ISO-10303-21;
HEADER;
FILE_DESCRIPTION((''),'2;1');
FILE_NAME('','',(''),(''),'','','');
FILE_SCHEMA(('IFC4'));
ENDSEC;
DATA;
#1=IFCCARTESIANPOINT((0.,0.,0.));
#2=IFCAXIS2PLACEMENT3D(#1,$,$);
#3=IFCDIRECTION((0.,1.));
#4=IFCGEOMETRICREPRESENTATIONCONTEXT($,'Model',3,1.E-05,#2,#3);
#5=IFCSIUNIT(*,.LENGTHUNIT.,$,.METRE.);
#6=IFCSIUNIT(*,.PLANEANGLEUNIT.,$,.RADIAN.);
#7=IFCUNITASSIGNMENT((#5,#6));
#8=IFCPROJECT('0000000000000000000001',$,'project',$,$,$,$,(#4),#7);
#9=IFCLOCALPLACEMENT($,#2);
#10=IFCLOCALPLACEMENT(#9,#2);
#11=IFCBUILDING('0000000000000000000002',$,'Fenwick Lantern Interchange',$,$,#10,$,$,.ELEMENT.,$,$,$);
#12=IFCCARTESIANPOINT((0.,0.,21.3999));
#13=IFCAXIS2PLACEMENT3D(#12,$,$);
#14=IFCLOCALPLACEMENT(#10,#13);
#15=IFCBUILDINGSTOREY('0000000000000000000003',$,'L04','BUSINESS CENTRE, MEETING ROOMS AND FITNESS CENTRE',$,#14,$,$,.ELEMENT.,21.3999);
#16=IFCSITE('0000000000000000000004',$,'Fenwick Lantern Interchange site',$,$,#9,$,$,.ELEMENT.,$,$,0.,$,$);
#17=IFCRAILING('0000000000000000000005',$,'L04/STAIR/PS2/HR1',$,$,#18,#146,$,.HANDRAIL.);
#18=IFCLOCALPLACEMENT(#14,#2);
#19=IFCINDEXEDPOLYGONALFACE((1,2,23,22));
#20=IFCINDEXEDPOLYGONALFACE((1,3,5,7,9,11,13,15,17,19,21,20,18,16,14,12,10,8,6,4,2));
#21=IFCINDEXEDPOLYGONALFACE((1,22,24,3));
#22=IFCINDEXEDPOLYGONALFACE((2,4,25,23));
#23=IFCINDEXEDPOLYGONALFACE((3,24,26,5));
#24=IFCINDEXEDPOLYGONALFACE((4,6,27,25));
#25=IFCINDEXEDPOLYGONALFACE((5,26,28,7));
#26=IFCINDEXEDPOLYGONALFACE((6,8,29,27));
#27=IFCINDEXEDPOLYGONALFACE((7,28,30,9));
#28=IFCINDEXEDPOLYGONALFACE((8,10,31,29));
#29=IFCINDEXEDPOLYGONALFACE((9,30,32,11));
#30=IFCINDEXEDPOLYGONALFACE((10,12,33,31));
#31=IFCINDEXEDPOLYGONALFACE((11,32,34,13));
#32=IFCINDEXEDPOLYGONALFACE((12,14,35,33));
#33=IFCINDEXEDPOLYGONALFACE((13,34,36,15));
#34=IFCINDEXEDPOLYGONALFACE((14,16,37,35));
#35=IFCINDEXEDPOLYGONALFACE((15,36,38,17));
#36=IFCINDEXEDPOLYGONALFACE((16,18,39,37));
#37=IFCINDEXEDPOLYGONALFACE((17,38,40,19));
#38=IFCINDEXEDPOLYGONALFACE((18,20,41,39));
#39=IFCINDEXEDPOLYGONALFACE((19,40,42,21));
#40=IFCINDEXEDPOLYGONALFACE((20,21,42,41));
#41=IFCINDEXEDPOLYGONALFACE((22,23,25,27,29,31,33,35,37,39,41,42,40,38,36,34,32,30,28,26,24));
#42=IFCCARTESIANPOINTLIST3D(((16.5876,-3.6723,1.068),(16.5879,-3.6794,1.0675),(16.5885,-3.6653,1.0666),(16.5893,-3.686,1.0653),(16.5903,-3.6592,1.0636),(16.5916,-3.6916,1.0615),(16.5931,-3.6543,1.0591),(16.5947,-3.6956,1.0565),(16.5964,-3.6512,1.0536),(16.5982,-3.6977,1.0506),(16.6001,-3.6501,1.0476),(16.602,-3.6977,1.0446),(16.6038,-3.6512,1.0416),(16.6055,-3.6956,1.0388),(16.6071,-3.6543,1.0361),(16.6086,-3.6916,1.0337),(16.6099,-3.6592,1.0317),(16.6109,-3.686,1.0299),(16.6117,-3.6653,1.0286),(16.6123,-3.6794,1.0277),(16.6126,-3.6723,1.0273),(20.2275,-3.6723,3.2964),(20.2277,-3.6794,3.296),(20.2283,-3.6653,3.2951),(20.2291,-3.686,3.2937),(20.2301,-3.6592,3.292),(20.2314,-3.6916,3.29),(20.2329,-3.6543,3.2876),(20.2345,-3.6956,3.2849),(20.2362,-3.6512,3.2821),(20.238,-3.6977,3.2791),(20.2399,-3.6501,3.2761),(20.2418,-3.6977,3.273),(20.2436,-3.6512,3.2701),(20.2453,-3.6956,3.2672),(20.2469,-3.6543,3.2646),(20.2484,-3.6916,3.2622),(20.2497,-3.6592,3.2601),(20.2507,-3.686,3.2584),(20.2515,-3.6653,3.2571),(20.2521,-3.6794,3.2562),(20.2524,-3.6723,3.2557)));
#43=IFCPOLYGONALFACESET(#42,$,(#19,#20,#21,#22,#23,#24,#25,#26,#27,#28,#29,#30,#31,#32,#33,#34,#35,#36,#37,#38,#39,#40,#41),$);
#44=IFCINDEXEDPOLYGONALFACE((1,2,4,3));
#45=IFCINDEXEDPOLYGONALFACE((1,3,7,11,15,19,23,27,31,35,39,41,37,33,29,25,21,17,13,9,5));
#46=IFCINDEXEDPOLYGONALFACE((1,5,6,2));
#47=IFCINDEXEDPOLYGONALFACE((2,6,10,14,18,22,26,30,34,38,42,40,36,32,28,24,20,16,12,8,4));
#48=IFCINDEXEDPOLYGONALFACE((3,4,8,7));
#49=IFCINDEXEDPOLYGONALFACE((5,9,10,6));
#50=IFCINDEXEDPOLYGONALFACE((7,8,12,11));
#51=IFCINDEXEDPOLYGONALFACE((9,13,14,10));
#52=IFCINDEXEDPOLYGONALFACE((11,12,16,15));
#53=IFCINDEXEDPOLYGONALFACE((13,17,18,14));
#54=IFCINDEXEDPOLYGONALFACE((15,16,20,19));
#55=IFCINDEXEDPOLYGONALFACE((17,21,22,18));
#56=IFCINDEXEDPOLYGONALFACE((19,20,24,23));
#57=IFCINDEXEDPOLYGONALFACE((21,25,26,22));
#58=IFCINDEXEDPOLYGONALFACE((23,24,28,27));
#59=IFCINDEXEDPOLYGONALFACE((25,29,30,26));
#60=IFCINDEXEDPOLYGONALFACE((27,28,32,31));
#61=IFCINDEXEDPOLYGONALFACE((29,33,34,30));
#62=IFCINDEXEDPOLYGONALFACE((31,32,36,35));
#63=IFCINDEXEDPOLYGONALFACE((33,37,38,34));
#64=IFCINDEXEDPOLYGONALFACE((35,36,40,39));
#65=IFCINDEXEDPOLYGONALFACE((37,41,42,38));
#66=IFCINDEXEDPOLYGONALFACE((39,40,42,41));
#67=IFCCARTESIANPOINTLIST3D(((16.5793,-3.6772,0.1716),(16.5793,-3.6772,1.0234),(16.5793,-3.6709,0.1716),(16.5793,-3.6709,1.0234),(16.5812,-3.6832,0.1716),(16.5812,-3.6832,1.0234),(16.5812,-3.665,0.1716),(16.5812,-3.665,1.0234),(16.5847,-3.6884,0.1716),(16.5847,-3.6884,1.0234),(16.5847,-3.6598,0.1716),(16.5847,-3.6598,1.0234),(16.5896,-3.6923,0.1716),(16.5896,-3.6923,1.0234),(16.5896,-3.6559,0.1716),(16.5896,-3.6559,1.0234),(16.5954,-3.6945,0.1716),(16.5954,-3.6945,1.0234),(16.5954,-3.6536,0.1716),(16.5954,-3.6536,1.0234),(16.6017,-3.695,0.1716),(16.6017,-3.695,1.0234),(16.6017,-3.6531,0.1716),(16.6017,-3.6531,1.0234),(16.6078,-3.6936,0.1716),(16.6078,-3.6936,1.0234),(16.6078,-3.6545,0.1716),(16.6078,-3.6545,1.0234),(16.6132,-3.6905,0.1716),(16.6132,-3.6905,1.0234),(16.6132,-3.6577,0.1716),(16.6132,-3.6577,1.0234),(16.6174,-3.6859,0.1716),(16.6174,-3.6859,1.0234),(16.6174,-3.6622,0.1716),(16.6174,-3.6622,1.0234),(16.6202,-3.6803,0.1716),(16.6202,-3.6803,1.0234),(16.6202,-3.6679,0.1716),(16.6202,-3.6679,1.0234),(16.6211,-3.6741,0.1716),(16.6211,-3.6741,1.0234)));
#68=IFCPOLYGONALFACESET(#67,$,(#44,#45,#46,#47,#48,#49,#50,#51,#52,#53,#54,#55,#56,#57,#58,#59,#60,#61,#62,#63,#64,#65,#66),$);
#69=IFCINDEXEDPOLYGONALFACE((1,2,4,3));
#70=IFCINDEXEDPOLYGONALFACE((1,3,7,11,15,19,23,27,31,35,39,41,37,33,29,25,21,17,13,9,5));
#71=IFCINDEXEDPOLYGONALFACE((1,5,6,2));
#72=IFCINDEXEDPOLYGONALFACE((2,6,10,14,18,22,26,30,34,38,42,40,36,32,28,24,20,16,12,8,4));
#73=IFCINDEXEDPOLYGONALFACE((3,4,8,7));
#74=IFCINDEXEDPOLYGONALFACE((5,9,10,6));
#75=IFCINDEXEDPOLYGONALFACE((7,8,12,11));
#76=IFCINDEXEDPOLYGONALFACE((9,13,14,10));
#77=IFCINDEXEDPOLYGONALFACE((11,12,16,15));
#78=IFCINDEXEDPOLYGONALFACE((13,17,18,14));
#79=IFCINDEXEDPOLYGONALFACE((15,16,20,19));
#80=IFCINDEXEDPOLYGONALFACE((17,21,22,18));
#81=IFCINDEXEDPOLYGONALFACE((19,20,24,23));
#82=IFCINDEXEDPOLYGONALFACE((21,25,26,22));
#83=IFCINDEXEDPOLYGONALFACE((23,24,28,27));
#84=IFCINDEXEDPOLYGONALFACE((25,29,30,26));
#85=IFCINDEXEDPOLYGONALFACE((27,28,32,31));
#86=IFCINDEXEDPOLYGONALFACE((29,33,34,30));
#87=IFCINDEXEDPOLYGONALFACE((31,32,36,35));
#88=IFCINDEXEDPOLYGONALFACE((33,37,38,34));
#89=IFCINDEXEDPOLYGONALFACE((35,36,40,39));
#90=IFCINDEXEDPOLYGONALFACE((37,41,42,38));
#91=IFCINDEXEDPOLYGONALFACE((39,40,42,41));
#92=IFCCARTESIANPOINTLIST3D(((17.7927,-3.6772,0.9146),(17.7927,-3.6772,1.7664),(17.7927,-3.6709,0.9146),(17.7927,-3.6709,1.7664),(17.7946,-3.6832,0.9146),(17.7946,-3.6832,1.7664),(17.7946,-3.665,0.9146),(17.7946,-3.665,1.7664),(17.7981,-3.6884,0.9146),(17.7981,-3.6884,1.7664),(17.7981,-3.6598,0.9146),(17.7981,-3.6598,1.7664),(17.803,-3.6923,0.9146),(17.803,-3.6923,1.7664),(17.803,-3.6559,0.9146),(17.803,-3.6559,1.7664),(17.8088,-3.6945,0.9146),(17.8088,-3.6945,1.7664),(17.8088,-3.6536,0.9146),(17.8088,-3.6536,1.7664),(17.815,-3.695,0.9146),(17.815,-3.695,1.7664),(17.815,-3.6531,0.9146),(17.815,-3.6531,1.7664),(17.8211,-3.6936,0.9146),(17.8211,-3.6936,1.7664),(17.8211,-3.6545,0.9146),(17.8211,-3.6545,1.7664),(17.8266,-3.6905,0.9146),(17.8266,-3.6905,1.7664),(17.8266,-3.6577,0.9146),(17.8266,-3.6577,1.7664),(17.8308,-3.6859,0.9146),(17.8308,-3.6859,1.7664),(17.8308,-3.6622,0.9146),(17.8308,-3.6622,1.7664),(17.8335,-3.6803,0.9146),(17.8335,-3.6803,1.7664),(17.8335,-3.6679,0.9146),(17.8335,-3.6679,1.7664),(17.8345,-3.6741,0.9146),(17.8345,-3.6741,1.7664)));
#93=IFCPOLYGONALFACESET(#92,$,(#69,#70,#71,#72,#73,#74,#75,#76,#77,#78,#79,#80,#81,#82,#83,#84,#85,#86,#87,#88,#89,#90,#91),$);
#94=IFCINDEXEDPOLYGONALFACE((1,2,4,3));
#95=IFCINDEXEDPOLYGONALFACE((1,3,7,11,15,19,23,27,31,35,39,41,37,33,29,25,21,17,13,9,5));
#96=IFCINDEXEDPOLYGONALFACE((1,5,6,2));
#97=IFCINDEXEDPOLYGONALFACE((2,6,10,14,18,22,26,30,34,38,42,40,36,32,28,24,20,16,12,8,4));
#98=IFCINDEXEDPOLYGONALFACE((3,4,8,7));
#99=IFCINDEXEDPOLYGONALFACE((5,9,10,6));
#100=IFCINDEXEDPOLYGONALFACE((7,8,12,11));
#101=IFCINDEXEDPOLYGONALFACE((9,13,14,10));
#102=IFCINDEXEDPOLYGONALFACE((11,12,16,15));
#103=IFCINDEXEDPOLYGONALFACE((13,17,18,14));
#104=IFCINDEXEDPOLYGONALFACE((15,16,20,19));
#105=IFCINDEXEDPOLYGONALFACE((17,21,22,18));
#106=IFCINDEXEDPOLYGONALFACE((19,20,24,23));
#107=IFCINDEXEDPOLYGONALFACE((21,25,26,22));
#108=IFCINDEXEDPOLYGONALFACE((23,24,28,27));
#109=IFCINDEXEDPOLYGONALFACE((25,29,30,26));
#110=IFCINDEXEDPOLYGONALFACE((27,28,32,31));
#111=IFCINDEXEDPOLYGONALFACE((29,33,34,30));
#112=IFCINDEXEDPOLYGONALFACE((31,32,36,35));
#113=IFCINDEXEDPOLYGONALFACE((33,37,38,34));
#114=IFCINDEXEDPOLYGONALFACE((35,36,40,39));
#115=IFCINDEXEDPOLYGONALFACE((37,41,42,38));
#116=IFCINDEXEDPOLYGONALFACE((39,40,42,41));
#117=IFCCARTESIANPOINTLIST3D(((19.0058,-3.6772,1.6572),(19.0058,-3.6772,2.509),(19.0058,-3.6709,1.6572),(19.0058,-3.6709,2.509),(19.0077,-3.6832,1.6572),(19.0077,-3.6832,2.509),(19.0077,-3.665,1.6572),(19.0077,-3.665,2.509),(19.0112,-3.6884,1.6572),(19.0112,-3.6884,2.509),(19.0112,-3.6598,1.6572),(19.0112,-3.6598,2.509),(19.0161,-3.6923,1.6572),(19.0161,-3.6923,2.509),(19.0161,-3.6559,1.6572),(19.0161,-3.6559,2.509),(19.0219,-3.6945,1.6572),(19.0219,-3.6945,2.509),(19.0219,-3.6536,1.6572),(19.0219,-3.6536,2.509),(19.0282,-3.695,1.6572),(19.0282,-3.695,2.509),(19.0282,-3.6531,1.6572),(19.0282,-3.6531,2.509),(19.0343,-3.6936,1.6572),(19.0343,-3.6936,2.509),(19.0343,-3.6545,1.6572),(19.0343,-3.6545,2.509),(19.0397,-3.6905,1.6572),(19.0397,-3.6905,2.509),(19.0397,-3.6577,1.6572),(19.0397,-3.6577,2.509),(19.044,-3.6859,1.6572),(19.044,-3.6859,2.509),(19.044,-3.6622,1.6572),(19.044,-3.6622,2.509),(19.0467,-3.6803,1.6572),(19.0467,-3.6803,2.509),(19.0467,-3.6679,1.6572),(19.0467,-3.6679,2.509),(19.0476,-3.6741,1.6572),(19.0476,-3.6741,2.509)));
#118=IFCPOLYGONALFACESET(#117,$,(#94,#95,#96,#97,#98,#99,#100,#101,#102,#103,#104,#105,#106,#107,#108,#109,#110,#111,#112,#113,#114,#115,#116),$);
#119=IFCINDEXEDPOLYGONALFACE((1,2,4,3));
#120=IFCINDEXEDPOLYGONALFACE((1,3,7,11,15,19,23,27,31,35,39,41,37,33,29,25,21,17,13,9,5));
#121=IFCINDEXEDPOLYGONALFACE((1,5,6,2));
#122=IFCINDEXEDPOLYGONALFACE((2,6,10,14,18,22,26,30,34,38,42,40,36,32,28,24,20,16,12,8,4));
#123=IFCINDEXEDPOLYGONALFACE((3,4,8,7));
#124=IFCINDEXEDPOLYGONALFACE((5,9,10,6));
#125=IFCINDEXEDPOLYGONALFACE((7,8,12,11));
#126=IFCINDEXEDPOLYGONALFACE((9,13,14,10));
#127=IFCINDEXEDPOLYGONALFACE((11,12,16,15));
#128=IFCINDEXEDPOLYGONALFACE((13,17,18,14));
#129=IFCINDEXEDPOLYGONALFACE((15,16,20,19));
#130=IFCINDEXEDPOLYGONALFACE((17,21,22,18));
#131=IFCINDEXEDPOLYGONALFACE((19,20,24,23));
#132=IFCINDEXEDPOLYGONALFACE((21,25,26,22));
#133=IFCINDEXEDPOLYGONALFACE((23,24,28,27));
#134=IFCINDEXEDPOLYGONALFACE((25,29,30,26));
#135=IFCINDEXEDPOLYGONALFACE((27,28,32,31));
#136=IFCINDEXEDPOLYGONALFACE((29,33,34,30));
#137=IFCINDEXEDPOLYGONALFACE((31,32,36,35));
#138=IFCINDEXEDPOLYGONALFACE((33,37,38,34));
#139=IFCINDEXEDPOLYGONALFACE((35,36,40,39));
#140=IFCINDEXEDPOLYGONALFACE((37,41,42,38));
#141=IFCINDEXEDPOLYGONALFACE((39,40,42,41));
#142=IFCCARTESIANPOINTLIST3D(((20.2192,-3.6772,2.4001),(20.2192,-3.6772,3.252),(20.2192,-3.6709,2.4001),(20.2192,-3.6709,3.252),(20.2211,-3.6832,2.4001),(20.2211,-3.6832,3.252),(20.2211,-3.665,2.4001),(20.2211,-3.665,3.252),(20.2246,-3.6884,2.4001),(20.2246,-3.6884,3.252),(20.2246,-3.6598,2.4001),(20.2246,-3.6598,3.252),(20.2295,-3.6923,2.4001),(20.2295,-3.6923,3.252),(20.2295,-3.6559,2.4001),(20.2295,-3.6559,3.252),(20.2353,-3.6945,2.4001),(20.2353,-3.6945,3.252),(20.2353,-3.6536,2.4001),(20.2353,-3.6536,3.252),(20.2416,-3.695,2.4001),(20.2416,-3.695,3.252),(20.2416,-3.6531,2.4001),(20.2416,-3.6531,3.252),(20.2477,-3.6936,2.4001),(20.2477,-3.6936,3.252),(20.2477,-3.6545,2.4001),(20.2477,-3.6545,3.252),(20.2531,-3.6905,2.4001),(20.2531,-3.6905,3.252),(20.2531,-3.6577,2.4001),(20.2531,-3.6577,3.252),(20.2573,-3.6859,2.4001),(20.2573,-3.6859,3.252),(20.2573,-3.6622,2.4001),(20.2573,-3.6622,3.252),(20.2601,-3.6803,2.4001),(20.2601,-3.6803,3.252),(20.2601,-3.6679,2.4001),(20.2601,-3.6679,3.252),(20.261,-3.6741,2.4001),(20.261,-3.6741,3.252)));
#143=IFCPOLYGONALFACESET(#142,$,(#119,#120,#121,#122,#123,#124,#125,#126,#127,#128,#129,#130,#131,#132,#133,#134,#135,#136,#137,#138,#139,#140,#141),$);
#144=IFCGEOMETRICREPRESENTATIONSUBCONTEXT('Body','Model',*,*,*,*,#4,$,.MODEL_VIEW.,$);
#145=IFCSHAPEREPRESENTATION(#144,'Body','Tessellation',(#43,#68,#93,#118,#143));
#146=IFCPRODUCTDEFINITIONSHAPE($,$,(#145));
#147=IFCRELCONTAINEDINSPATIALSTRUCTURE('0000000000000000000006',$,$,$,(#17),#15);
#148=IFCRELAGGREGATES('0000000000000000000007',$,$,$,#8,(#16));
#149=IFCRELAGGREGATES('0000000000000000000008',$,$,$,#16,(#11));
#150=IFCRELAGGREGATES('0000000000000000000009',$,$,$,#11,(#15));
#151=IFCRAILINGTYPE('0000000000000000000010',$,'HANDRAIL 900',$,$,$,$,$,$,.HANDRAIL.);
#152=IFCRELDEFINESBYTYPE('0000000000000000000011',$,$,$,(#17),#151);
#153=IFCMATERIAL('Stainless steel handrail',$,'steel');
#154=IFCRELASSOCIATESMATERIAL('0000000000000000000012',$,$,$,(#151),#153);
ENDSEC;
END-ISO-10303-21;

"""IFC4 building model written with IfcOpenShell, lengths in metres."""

from ifc_helpers import new_model, si_unit, direction, frame, origin, origin_2d, place, context, subcontext, project, spatial, circle, extrude, material, type_object, element, save


model = new_model("IFC4")

# Units and contexts
model_context = context("Model", 3, precision=1e-05, world=origin(), true_north=direction((0.0, 1.0)))
body_context = subcontext(model_context, "Body", "Model", "MODEL_VIEW")
ifc_project = project(units=[si_unit("LENGTHUNIT", "METRE"), si_unit("PLANEANGLEUNIT", "RADIAN")], contexts=[model_context])

# Site, building, storey
site_placement = place(None, origin())
site = spatial("IfcSite", under=ifc_project, at=site_placement, Name="Fenwick Lantern Interchange site", CompositionType="ELEMENT", RefElevation=0.0)
building_placement = place(site_placement, origin())
building = spatial("IfcBuilding", under=site, at=building_placement, Name="Fenwick Lantern Interchange", CompositionType="ELEMENT")
storey_placement = place(building_placement, frame((0.0, 0.0, 21.3999)))
storey = spatial("IfcBuildingStorey", under=building, at=storey_placement, Name="L04", Description="BUSINESS CENTRE, MEETING ROOMS AND FITNESS CENTRE", CompositionType="ELEMENT", Elevation=21.3999)

# Railing
ifc_material_1 = material(Name="Stainless steel handrail", Category="steel")
railing_type = type_object("IfcRailingType", Name="HANDRAIL 900", PredefinedType="HANDRAIL", material=ifc_material_1)
railing_1_placement = place(storey_placement, frame((16.6001, -3.6741, 0.1716)))
element("IfcRailing", 1, at=railing_1_placement, inside=storey, type_object=railing_type, Name="L04/STAIR/PS2/HR1", PredefinedType="HANDRAIL", context=body_context, shape_type="SweptSolid", body=[
    extrude(circle(Radius=0.0239, at=origin_2d()), frame((0.0, 0.0, 0.876), z_axis=(0.85285, 0.0, 0.522156), x_axis=(0.0, 1.0, 0.0)), (0.0, 0.0, 1.0), 4.2678),
    extrude(circle(Radius=0.021, at=origin_2d()), origin(), (0.0, 0.0, 1.0), 0.8518),
    extrude(circle(Radius=0.021, at=origin_2d()), frame((1.2134, 0.0, 0.7429)), (0.0, 0.0, 1.0), 0.8518),
    extrude(circle(Radius=0.021, at=origin_2d()), frame((2.4265, 0.0, 1.4856)), (0.0, 0.0, 1.0), 0.8518),
    extrude(circle(Radius=0.021, at=origin_2d()), frame((3.6399, 0.0, 2.2285)), (0.0, 0.0, 1.0), 0.8518),
])

save(model, "model.ifc")
